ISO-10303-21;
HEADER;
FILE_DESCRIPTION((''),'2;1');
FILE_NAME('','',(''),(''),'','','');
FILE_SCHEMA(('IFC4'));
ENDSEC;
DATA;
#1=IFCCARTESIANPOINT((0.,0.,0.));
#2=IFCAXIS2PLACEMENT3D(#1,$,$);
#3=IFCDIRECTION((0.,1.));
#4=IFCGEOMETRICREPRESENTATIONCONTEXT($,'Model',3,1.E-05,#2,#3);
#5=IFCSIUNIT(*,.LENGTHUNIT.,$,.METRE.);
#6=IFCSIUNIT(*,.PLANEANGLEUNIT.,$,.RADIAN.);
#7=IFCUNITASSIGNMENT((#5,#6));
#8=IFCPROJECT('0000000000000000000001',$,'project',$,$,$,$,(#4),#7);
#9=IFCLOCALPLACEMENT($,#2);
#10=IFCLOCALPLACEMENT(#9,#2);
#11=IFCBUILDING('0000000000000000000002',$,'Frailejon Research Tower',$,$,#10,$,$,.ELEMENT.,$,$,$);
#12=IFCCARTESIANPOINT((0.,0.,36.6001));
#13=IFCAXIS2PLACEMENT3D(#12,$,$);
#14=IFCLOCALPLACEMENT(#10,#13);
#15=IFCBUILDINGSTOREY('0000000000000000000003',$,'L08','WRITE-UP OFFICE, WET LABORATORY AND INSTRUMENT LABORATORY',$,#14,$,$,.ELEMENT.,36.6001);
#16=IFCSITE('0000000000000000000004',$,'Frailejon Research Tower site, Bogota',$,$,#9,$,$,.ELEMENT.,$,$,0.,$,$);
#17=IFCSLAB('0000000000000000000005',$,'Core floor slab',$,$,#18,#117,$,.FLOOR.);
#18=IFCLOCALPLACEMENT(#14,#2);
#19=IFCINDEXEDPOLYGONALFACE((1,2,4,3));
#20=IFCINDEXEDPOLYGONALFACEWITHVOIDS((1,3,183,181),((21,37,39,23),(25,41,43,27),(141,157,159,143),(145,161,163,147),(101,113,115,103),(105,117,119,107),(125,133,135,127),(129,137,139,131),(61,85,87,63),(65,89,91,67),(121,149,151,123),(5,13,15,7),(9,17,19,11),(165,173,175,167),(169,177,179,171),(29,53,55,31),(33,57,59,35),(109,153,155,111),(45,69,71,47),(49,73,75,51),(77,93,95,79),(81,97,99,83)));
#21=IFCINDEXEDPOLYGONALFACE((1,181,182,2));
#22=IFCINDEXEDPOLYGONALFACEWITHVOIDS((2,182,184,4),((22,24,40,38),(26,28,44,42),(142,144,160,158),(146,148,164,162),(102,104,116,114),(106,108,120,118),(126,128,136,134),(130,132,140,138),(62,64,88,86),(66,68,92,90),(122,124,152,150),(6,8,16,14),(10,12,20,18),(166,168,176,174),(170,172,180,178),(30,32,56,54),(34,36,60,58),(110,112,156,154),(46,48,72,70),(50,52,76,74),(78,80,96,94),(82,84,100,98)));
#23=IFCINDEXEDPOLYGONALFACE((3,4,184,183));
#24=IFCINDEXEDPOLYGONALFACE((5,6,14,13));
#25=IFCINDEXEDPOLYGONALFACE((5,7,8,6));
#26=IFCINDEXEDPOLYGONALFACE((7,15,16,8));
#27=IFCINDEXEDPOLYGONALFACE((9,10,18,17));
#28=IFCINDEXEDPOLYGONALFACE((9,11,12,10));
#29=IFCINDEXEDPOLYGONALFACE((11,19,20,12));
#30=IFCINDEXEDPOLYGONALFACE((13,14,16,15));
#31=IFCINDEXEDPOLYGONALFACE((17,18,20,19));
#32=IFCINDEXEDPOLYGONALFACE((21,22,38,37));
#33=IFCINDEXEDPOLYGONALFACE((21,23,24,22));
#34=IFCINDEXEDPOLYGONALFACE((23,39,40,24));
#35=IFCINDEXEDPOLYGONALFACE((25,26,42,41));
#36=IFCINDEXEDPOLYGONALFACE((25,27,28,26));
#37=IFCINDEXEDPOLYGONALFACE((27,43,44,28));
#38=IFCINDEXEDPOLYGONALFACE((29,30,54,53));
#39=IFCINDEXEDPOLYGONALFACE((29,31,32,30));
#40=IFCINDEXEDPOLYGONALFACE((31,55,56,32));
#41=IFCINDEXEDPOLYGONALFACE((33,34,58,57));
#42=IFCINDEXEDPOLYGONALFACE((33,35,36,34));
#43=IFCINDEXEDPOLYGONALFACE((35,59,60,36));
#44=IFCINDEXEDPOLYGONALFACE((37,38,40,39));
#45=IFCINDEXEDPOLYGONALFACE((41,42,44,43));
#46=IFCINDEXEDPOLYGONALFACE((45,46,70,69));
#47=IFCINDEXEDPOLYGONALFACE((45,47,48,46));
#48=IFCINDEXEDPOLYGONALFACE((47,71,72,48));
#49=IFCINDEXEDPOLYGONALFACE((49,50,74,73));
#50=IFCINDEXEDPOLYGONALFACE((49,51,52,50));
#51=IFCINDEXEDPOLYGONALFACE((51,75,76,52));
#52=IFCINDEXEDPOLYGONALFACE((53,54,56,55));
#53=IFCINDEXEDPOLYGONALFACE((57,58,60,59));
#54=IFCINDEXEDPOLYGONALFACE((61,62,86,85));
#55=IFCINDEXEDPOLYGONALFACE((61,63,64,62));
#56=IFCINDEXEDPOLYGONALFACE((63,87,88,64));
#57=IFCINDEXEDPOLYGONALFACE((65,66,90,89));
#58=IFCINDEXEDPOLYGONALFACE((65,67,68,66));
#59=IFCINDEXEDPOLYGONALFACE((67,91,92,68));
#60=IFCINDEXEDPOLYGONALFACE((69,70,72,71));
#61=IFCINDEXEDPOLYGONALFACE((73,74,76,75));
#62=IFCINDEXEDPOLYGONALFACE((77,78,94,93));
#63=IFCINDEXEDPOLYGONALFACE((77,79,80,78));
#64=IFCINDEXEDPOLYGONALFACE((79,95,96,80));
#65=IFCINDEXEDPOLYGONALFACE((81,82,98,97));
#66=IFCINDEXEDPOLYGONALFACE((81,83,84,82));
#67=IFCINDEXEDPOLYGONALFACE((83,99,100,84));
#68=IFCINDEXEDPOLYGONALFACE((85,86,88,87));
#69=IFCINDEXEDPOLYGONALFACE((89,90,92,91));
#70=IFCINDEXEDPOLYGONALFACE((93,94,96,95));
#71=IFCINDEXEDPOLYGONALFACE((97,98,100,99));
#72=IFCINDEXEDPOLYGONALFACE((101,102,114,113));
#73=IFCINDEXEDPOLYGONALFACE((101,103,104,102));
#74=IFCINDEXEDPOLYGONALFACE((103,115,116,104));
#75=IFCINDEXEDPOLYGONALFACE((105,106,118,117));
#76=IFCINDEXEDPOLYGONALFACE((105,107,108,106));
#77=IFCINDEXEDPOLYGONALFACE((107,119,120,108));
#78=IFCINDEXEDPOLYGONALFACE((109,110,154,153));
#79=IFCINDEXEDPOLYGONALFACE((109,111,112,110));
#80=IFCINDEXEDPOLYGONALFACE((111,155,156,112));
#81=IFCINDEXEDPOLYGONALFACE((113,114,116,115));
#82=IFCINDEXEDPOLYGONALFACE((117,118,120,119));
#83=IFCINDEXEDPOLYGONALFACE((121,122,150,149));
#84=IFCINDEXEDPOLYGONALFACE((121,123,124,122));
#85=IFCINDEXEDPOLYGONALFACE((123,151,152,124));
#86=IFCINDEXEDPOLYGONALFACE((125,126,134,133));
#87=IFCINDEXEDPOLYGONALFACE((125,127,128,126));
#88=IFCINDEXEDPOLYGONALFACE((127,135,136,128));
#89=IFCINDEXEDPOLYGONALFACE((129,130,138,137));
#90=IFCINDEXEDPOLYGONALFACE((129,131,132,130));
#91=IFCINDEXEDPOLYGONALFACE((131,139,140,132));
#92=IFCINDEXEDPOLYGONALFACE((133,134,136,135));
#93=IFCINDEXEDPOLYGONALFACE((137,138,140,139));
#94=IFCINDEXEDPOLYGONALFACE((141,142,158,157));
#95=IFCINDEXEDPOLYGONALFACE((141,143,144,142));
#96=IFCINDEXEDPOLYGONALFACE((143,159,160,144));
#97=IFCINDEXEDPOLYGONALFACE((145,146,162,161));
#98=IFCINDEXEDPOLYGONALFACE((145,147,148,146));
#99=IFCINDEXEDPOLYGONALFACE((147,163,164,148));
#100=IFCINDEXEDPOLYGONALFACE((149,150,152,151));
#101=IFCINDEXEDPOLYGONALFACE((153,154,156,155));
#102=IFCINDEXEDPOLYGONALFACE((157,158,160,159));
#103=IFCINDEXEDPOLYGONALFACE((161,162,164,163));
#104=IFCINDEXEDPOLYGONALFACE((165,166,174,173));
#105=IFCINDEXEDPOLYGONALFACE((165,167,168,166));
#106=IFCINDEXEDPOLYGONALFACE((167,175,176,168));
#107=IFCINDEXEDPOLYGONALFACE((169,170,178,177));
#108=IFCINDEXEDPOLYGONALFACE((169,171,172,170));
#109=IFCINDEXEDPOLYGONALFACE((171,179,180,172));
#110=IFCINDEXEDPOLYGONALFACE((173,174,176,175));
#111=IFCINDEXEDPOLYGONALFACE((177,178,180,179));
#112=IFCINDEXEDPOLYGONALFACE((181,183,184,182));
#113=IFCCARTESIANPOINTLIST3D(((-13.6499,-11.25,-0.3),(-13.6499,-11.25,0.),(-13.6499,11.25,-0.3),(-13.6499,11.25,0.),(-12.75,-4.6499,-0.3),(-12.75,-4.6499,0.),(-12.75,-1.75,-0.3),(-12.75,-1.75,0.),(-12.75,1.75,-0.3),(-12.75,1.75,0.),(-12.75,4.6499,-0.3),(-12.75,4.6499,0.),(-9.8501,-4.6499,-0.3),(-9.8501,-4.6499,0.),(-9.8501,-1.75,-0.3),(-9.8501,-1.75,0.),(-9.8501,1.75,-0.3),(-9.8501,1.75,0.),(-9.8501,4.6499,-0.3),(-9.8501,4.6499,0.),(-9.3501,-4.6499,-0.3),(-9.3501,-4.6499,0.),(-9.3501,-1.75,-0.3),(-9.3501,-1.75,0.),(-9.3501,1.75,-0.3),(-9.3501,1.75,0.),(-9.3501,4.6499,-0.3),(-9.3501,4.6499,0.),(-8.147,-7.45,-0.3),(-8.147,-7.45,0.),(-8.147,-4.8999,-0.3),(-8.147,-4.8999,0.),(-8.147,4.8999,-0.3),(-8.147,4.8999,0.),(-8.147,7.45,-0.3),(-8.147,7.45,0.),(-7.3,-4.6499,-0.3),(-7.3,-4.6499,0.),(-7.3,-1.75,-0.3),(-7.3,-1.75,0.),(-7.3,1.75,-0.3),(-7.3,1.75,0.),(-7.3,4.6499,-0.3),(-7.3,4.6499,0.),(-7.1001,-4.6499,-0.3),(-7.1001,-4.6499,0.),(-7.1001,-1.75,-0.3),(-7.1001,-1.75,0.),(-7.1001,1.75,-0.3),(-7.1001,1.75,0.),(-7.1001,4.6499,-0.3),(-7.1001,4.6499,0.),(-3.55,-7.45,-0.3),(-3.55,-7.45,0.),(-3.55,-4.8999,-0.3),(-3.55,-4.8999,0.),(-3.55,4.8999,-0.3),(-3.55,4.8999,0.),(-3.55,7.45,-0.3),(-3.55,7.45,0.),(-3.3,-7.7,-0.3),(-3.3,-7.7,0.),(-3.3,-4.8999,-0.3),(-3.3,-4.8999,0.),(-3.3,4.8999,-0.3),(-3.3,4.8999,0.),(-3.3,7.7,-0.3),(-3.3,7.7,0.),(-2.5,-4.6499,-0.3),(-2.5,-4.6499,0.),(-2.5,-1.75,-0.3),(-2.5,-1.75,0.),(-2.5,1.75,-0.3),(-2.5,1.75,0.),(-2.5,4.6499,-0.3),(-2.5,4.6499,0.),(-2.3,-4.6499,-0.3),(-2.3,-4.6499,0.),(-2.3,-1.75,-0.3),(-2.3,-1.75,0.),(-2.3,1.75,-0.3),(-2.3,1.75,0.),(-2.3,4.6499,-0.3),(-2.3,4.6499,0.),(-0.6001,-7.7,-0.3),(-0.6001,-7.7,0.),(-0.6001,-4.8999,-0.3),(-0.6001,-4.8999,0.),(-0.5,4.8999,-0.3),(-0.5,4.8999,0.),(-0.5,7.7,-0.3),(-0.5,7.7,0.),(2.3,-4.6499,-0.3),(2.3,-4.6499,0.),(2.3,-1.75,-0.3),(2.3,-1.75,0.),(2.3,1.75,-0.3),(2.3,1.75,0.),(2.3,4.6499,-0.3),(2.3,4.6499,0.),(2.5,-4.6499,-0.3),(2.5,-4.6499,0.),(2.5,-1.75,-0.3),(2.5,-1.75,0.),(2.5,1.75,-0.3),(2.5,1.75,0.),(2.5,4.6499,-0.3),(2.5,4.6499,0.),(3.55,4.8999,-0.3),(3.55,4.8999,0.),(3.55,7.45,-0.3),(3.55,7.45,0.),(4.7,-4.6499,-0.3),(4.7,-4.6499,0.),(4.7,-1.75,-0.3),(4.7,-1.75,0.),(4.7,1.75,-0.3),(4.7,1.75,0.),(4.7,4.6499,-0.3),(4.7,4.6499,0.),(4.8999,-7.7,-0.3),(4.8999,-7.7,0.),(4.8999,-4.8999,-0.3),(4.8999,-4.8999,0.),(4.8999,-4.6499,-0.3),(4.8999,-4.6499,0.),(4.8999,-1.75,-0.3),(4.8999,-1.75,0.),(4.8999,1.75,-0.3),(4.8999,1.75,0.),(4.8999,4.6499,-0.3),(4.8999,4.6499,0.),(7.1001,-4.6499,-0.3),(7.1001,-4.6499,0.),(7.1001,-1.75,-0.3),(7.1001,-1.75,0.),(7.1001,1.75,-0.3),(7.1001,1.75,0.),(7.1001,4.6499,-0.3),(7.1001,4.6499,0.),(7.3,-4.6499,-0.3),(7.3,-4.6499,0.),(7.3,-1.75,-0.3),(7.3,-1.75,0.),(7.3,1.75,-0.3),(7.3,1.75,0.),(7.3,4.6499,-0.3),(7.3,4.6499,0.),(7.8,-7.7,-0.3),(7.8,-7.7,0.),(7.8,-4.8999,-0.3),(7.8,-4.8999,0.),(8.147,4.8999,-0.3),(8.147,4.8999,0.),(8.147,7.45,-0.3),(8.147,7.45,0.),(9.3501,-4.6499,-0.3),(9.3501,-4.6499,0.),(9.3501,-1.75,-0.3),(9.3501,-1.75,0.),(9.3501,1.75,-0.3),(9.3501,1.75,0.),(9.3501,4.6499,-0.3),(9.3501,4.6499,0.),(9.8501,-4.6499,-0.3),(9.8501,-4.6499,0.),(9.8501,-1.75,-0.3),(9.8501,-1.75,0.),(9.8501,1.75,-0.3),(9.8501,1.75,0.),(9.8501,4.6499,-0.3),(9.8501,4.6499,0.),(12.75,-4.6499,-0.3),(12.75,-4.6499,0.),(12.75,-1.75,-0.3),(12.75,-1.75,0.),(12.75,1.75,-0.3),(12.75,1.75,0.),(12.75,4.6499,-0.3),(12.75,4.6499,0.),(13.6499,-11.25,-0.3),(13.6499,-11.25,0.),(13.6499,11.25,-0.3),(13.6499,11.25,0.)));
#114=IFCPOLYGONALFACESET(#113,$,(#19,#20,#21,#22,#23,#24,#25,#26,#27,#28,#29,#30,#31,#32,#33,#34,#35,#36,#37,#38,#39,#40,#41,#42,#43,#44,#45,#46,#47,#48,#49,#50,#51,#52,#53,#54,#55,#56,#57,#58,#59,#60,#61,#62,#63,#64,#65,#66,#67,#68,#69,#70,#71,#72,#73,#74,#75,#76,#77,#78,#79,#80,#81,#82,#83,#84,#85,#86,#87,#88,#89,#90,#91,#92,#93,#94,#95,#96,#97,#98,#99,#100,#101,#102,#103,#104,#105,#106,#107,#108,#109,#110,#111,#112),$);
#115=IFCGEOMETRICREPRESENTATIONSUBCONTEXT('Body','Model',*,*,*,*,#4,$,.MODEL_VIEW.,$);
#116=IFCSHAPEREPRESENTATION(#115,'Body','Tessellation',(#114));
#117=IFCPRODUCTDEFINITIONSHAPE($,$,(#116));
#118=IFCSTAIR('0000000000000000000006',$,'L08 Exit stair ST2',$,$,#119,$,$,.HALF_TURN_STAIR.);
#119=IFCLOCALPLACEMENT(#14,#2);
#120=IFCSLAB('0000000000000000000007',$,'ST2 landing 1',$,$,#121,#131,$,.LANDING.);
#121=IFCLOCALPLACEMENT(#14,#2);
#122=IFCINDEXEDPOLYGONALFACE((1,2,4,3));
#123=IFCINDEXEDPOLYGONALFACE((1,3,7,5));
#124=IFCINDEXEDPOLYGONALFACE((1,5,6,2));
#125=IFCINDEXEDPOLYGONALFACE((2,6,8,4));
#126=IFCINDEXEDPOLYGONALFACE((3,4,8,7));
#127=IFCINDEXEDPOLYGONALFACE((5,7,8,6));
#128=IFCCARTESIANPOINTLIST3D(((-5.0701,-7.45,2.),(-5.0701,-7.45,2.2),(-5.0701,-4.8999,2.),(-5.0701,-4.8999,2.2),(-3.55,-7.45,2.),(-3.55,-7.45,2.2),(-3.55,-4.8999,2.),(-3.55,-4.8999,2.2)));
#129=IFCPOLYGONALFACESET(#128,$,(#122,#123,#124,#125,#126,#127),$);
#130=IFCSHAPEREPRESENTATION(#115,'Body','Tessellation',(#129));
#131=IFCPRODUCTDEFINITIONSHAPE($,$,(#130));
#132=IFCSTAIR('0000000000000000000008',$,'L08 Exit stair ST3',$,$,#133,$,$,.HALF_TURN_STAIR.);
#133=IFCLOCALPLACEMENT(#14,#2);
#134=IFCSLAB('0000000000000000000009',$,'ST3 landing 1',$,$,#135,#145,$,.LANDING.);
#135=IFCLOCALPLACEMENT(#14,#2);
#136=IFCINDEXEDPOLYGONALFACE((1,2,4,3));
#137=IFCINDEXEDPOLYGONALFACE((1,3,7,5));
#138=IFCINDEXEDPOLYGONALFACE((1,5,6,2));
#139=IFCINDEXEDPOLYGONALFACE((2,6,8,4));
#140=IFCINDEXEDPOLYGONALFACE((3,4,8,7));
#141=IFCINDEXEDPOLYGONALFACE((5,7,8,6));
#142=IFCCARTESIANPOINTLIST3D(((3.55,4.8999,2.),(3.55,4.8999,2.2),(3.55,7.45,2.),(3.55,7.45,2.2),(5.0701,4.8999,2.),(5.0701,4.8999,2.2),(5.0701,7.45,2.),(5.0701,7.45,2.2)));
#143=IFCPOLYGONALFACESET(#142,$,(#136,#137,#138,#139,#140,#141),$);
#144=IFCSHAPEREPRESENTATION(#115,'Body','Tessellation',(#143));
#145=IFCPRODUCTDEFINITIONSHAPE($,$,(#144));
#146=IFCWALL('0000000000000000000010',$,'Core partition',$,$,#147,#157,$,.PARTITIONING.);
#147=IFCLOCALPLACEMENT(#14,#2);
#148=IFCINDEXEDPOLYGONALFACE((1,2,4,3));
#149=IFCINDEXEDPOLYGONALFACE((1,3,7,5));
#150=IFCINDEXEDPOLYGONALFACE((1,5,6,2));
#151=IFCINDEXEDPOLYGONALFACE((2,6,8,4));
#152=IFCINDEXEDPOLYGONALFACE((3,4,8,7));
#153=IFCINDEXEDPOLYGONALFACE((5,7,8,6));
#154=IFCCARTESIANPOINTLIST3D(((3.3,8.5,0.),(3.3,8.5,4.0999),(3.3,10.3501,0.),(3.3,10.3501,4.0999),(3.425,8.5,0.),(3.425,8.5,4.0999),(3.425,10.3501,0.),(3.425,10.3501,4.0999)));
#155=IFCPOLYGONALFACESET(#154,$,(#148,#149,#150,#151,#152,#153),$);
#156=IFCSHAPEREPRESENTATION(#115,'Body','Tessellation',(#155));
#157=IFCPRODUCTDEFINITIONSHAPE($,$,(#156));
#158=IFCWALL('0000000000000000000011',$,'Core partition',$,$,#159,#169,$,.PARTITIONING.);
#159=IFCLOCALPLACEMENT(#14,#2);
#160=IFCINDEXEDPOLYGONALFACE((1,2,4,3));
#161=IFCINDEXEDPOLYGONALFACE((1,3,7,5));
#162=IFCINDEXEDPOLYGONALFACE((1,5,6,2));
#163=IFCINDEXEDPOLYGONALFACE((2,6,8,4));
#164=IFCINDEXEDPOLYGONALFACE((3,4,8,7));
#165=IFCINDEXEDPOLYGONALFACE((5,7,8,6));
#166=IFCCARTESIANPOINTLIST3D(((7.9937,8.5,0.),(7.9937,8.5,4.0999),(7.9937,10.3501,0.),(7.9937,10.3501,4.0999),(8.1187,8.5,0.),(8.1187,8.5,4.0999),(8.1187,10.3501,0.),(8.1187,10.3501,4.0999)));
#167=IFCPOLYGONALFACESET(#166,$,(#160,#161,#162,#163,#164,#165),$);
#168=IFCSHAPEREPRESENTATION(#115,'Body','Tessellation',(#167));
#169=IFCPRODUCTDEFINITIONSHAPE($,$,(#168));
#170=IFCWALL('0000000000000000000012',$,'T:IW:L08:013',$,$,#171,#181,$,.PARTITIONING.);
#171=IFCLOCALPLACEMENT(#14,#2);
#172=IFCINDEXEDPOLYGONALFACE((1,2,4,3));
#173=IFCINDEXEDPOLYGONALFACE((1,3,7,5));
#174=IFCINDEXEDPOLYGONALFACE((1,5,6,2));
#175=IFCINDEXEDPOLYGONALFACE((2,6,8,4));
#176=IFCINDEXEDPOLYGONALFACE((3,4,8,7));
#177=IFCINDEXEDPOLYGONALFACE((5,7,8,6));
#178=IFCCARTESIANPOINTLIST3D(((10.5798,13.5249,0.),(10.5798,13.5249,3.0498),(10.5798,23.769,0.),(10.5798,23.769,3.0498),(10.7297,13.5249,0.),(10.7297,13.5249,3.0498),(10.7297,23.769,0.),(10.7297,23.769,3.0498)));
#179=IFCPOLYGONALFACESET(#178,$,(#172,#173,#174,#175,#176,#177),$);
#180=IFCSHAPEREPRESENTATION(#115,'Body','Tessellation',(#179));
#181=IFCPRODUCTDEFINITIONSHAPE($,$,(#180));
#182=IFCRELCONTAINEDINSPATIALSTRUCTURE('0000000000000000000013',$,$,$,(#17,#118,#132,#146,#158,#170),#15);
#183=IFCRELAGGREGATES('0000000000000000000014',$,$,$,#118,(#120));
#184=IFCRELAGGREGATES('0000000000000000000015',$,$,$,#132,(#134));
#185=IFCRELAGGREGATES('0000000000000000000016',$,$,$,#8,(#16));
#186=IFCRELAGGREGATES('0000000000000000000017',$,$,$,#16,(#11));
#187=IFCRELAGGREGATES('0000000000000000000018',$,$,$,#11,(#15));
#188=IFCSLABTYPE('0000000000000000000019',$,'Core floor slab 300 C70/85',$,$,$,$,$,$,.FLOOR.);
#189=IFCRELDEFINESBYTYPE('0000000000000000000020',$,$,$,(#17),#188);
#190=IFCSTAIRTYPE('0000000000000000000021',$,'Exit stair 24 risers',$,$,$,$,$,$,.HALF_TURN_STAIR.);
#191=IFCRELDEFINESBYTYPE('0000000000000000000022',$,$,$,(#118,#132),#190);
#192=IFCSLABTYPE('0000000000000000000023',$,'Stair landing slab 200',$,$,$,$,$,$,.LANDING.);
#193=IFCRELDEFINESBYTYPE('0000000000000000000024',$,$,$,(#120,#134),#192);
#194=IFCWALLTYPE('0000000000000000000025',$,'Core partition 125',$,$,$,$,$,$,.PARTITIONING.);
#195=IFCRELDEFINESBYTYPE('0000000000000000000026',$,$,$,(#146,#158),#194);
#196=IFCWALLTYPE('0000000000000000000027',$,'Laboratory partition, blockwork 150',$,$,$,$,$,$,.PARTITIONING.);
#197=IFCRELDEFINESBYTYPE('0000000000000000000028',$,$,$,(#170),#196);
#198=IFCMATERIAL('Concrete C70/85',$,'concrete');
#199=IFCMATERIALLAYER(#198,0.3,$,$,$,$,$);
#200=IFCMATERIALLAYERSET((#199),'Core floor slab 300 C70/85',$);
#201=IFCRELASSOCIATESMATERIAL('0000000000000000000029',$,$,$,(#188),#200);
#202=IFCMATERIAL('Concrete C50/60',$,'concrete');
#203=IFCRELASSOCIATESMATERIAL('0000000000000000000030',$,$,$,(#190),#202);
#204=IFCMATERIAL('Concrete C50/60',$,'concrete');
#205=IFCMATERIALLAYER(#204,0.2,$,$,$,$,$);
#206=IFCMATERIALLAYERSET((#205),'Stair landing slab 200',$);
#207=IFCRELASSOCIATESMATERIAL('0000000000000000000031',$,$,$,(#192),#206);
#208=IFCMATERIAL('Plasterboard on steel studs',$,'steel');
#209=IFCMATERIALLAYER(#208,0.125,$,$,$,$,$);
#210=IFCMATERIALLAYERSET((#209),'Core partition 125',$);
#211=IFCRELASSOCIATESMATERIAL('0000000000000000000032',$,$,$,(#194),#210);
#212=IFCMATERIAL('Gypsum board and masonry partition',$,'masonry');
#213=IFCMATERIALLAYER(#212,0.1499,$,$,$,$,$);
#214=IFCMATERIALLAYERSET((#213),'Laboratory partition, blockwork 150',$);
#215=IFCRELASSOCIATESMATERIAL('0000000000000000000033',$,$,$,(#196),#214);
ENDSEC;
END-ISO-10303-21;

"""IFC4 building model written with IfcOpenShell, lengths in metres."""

from ifc_helpers import new_model, si_unit, direction, frame, frame_2d, origin, place, context, subcontext, project, spatial, polyline, rectangle, outline, extrude, material, layer, layer_set, type_object, element, aggregate, save


model = new_model("IFC4")

# Units and contexts
model_context = context("Model", 3, precision=1e-05, world=origin(), true_north=direction((0.0, 1.0)))
body_context = subcontext(model_context, "Body", "Model", "MODEL_VIEW")
ifc_project = project(units=[si_unit("LENGTHUNIT", "METRE"), si_unit("PLANEANGLEUNIT", "RADIAN")], contexts=[model_context])

# Site, building, storey
site_placement = place(None, origin())
site = spatial("IfcSite", under=ifc_project, at=site_placement, Name="Frailejon Research Tower site, Bogota", CompositionType="ELEMENT", RefElevation=0.0)
building_placement = place(site_placement, origin())
building = spatial("IfcBuilding", under=site, at=building_placement, Name="Frailejon Research Tower", CompositionType="ELEMENT")
storey_placement = place(building_placement, frame((0.0, 0.0, 36.6001)))
storey = spatial("IfcBuildingStorey", under=building, at=storey_placement, Name="L08", Description="WRITE-UP OFFICE, WET LABORATORY AND INSTRUMENT LABORATORY", CompositionType="ELEMENT", Elevation=36.6001)

# Slab
ifc_material_1 = material(Name="Concrete C70/85", Category="concrete")
ifc_layer_1 = layer(ifc_material_1, 0.3)
ifc_layer_set_1 = layer_set([ifc_layer_1], Name="Core floor slab 300 C70/85")
slab_type_1 = type_object("IfcSlabType", Name="Core floor slab 300 C70/85", PredefinedType="FLOOR", material=ifc_layer_set_1)
slab_1_placement = place(storey_placement, frame((0.0, 0.0, -0.3)))
element("IfcSlab", 1, at=slab_1_placement, inside=storey, type_object=slab_type_1, Name="Core floor slab", PredefinedType="FLOOR", context=body_context, shape_type="SweptSolid", body=[
    extrude(outline(polyline([(13.6499, -11.25), (13.6499, 11.25), (-13.6499, 11.25), (-13.6499, -11.25), (13.6499, -11.25)]), holes=[polyline([(-9.8501, 1.75), (-9.8501, 4.6499), (-12.75, 4.6499), (-12.75, 1.75), (-9.8501, 1.75)]), polyline([(-7.3, 1.75), (-7.3, 4.6499), (-9.3501, 4.6499), (-9.3501, 1.75), (-7.3, 1.75)]), polyline([(-2.5, 1.75), (-2.5, 4.6499), (-7.1001, 4.6499), (-7.1001, 1.75), (-2.5, 1.75)]), polyline([(2.3, 1.75), (2.3, 4.6499), (-2.3, 4.6499), (-2.3, 1.75), (2.3, 1.75)]), polyline([(4.7, 1.75), (4.7, 4.6499), (2.5, 4.6499), (2.5, 1.75), (4.7, 1.75)]), polyline([(7.1001, 1.75), (7.1001, 4.6499), (4.8999, 4.6499), (4.8999, 1.75), (7.1001, 1.75)]), polyline([(9.3501, 1.75), (9.3501, 4.6499), (7.3, 4.6499), (7.3, 1.75), (9.3501, 1.75)]), polyline([(12.75, 1.75), (12.75, 4.6499), (9.8501, 4.6499), (9.8501, 1.75), (12.75, 1.75)]), polyline([(-9.8501, -4.6499), (-9.8501, -1.75), (-12.75, -1.75), (-12.75, -4.6499), (-9.8501, -4.6499)]), polyline([(-7.3, -4.6499), (-7.3, -1.75), (-9.3501, -1.75), (-9.3501, -4.6499), (-7.3, -4.6499)]), polyline([(-2.5, -4.6499), (-2.5, -1.75), (-7.1001, -1.75), (-7.1001, -4.6499), (-2.5, -4.6499)]), polyline([(2.3, -4.6499), (2.3, -1.75), (-2.3, -1.75), (-2.3, -4.6499), (2.3, -4.6499)]), polyline([(4.7, -4.6499), (4.7, -1.75), (2.5, -1.75), (2.5, -4.6499), (4.7, -4.6499)]), polyline([(7.1001, -4.6499), (7.1001, -1.75), (4.8999, -1.75), (4.8999, -4.6499), (7.1001, -4.6499)]), polyline([(9.3501, -4.6499), (9.3501, -1.75), (7.3, -1.75), (7.3, -4.6499), (9.3501, -4.6499)]), polyline([(12.75, -4.6499), (12.75, -1.75), (9.8501, -1.75), (9.8501, -4.6499), (12.75, -4.6499)]), polyline([(-8.147, 4.8999), (-3.55, 4.8999), (-3.55, 7.45), (-8.147, 7.45), (-8.147, 4.8999)]), polyline([(-8.147, -7.45), (-3.55, -7.45), (-3.55, -4.8999), (-8.147, -4.8999), (-8.147, -7.45)]), polyline([(8.147, 7.45), (3.55, 7.45), (3.55, 4.8999), (8.147, 4.8999), (8.147, 7.45)]), polyline([(-0.6001, -7.7), (-0.6001, -4.8999), (-3.3, -4.8999), (-3.3, -7.7), (-0.6001, -7.7)]), polyline([(7.8, -7.7), (7.8, -4.8999), (4.8999, -4.8999), (4.8999, -7.7), (7.8, -7.7)]), polyline([(-0.5, 4.8999), (-0.5, 7.7), (-3.3, 7.7), (-3.3, 4.8999), (-0.5, 4.8999)])]), origin(), (0.0, 0.0, 1.0), 0.3),
])

# Stairs, slabs
ifc_material_2 = material(Name="Concrete C50/60", Category="concrete")
stair_type = type_object("IfcStairType", Name="Exit stair 24 risers", PredefinedType="HALF_TURN_STAIR", material=ifc_material_2)
stair_1_placement = place(storey_placement, origin())
stair_1 = element("IfcStair", 2, at=stair_1_placement, inside=storey, type_object=stair_type, Name="L08 Exit stair ST2", PredefinedType="HALF_TURN_STAIR")
ifc_material_3 = material(Name="Concrete C50/60", Category="concrete")
ifc_layer_2 = layer(ifc_material_3, 0.2)
ifc_layer_set_2 = layer_set([ifc_layer_2], Name="Stair landing slab 200")
slab_type_2 = type_object("IfcSlabType", Name="Stair landing slab 200", PredefinedType="LANDING", material=ifc_layer_set_2)
slab_2_placement = place(storey_placement, frame((0.0, 0.0, 2.0)))
slab_2 = element("IfcSlab", 3, at=slab_2_placement, type_object=slab_type_2, Name="ST2 landing 1", PredefinedType="LANDING", context=body_context, shape_type="SweptSolid", body=[
    extrude(outline(polyline([(-5.0701, -7.45), (-3.55, -7.45), (-3.55, -4.8999), (-5.0701, -4.8999), (-5.0701, -7.45)])), origin(), (0.0, 0.0, 1.0), 0.2),
])
aggregate(stair_1, [slab_2])
stair_2_placement = place(storey_placement, origin())
stair_2 = element("IfcStair", 4, at=stair_2_placement, inside=storey, type_object=stair_type, Name="L08 Exit stair ST3", PredefinedType="HALF_TURN_STAIR")
slab_3_placement = place(storey_placement, frame((0.0, 0.0, 2.0)))
slab_3 = element("IfcSlab", 5, at=slab_3_placement, type_object=slab_type_2, Name="ST3 landing 1", PredefinedType="LANDING", context=body_context, shape_type="SweptSolid", body=[
    extrude(outline(polyline([(5.0701, 7.45), (3.55, 7.45), (3.55, 4.8999), (5.0701, 4.8999), (5.0701, 7.45)])), origin(), (0.0, 0.0, 1.0), 0.2),
])

# Walls
ifc_material_4 = material(Name="Plasterboard on steel studs", Category="steel")
ifc_layer_3 = layer(ifc_material_4, 0.125)
ifc_layer_set_3 = layer_set([ifc_layer_3], Name="Core partition 125")
wall_type_1 = type_object("IfcWallType", Name="Core partition 125", PredefinedType="PARTITIONING", material=ifc_layer_set_3)
for number, where, z_axis, x_axis, name in (
    (6, (3.3625, 8.5, 0.0), (0.0, 0.0, 1.0), (0.0, 1.0, 0.0), "Core partition"),
    (7, (8.0562, 8.5, 0.0), (0.0, 0.0, 1.0), (0.0, 1.0, 0.0), "Core partition"),
):
    element("IfcWall", number, at=place(storey_placement, frame(where, z_axis=z_axis, x_axis=x_axis)), inside=storey, type_object=wall_type_1, Name=name, PredefinedType="PARTITIONING", context=body_context, shape_type="SweptSolid", body=[
        extrude(rectangle(XDim=1.8501, YDim=0.125, at=frame_2d((0.925, 0.0))), origin(), (0.0, 0.0, 1.0), 4.0999),
    ])
ifc_material_5 = material(Name="Gypsum board and masonry partition", Category="masonry")
ifc_layer_4 = layer(ifc_material_5, 0.1499)
ifc_layer_set_4 = layer_set([ifc_layer_4], Name="Laboratory partition, blockwork 150")
wall_type_2 = type_object("IfcWallType", Name="Laboratory partition, blockwork 150", PredefinedType="PARTITIONING", material=ifc_layer_set_4)
wall_1_placement = place(storey_placement, frame((10.6548, 13.5249, 0.0), z_axis=(0.0, 0.0, 1.0), x_axis=(0.0, 1.0, 0.0)))
element("IfcWall", 8, at=wall_1_placement, inside=storey, type_object=wall_type_2, Name="T:IW:L08:013", PredefinedType="PARTITIONING", context=body_context, shape_type="SweptSolid", body=[
    extrude(rectangle(XDim=10.2441, YDim=0.1499, at=frame_2d((5.1221, 0.0))), origin(), (0.0, 0.0, 1.0), 3.0498),
])

aggregate(stair_2, [slab_3])

save(model, "model.ifc")
